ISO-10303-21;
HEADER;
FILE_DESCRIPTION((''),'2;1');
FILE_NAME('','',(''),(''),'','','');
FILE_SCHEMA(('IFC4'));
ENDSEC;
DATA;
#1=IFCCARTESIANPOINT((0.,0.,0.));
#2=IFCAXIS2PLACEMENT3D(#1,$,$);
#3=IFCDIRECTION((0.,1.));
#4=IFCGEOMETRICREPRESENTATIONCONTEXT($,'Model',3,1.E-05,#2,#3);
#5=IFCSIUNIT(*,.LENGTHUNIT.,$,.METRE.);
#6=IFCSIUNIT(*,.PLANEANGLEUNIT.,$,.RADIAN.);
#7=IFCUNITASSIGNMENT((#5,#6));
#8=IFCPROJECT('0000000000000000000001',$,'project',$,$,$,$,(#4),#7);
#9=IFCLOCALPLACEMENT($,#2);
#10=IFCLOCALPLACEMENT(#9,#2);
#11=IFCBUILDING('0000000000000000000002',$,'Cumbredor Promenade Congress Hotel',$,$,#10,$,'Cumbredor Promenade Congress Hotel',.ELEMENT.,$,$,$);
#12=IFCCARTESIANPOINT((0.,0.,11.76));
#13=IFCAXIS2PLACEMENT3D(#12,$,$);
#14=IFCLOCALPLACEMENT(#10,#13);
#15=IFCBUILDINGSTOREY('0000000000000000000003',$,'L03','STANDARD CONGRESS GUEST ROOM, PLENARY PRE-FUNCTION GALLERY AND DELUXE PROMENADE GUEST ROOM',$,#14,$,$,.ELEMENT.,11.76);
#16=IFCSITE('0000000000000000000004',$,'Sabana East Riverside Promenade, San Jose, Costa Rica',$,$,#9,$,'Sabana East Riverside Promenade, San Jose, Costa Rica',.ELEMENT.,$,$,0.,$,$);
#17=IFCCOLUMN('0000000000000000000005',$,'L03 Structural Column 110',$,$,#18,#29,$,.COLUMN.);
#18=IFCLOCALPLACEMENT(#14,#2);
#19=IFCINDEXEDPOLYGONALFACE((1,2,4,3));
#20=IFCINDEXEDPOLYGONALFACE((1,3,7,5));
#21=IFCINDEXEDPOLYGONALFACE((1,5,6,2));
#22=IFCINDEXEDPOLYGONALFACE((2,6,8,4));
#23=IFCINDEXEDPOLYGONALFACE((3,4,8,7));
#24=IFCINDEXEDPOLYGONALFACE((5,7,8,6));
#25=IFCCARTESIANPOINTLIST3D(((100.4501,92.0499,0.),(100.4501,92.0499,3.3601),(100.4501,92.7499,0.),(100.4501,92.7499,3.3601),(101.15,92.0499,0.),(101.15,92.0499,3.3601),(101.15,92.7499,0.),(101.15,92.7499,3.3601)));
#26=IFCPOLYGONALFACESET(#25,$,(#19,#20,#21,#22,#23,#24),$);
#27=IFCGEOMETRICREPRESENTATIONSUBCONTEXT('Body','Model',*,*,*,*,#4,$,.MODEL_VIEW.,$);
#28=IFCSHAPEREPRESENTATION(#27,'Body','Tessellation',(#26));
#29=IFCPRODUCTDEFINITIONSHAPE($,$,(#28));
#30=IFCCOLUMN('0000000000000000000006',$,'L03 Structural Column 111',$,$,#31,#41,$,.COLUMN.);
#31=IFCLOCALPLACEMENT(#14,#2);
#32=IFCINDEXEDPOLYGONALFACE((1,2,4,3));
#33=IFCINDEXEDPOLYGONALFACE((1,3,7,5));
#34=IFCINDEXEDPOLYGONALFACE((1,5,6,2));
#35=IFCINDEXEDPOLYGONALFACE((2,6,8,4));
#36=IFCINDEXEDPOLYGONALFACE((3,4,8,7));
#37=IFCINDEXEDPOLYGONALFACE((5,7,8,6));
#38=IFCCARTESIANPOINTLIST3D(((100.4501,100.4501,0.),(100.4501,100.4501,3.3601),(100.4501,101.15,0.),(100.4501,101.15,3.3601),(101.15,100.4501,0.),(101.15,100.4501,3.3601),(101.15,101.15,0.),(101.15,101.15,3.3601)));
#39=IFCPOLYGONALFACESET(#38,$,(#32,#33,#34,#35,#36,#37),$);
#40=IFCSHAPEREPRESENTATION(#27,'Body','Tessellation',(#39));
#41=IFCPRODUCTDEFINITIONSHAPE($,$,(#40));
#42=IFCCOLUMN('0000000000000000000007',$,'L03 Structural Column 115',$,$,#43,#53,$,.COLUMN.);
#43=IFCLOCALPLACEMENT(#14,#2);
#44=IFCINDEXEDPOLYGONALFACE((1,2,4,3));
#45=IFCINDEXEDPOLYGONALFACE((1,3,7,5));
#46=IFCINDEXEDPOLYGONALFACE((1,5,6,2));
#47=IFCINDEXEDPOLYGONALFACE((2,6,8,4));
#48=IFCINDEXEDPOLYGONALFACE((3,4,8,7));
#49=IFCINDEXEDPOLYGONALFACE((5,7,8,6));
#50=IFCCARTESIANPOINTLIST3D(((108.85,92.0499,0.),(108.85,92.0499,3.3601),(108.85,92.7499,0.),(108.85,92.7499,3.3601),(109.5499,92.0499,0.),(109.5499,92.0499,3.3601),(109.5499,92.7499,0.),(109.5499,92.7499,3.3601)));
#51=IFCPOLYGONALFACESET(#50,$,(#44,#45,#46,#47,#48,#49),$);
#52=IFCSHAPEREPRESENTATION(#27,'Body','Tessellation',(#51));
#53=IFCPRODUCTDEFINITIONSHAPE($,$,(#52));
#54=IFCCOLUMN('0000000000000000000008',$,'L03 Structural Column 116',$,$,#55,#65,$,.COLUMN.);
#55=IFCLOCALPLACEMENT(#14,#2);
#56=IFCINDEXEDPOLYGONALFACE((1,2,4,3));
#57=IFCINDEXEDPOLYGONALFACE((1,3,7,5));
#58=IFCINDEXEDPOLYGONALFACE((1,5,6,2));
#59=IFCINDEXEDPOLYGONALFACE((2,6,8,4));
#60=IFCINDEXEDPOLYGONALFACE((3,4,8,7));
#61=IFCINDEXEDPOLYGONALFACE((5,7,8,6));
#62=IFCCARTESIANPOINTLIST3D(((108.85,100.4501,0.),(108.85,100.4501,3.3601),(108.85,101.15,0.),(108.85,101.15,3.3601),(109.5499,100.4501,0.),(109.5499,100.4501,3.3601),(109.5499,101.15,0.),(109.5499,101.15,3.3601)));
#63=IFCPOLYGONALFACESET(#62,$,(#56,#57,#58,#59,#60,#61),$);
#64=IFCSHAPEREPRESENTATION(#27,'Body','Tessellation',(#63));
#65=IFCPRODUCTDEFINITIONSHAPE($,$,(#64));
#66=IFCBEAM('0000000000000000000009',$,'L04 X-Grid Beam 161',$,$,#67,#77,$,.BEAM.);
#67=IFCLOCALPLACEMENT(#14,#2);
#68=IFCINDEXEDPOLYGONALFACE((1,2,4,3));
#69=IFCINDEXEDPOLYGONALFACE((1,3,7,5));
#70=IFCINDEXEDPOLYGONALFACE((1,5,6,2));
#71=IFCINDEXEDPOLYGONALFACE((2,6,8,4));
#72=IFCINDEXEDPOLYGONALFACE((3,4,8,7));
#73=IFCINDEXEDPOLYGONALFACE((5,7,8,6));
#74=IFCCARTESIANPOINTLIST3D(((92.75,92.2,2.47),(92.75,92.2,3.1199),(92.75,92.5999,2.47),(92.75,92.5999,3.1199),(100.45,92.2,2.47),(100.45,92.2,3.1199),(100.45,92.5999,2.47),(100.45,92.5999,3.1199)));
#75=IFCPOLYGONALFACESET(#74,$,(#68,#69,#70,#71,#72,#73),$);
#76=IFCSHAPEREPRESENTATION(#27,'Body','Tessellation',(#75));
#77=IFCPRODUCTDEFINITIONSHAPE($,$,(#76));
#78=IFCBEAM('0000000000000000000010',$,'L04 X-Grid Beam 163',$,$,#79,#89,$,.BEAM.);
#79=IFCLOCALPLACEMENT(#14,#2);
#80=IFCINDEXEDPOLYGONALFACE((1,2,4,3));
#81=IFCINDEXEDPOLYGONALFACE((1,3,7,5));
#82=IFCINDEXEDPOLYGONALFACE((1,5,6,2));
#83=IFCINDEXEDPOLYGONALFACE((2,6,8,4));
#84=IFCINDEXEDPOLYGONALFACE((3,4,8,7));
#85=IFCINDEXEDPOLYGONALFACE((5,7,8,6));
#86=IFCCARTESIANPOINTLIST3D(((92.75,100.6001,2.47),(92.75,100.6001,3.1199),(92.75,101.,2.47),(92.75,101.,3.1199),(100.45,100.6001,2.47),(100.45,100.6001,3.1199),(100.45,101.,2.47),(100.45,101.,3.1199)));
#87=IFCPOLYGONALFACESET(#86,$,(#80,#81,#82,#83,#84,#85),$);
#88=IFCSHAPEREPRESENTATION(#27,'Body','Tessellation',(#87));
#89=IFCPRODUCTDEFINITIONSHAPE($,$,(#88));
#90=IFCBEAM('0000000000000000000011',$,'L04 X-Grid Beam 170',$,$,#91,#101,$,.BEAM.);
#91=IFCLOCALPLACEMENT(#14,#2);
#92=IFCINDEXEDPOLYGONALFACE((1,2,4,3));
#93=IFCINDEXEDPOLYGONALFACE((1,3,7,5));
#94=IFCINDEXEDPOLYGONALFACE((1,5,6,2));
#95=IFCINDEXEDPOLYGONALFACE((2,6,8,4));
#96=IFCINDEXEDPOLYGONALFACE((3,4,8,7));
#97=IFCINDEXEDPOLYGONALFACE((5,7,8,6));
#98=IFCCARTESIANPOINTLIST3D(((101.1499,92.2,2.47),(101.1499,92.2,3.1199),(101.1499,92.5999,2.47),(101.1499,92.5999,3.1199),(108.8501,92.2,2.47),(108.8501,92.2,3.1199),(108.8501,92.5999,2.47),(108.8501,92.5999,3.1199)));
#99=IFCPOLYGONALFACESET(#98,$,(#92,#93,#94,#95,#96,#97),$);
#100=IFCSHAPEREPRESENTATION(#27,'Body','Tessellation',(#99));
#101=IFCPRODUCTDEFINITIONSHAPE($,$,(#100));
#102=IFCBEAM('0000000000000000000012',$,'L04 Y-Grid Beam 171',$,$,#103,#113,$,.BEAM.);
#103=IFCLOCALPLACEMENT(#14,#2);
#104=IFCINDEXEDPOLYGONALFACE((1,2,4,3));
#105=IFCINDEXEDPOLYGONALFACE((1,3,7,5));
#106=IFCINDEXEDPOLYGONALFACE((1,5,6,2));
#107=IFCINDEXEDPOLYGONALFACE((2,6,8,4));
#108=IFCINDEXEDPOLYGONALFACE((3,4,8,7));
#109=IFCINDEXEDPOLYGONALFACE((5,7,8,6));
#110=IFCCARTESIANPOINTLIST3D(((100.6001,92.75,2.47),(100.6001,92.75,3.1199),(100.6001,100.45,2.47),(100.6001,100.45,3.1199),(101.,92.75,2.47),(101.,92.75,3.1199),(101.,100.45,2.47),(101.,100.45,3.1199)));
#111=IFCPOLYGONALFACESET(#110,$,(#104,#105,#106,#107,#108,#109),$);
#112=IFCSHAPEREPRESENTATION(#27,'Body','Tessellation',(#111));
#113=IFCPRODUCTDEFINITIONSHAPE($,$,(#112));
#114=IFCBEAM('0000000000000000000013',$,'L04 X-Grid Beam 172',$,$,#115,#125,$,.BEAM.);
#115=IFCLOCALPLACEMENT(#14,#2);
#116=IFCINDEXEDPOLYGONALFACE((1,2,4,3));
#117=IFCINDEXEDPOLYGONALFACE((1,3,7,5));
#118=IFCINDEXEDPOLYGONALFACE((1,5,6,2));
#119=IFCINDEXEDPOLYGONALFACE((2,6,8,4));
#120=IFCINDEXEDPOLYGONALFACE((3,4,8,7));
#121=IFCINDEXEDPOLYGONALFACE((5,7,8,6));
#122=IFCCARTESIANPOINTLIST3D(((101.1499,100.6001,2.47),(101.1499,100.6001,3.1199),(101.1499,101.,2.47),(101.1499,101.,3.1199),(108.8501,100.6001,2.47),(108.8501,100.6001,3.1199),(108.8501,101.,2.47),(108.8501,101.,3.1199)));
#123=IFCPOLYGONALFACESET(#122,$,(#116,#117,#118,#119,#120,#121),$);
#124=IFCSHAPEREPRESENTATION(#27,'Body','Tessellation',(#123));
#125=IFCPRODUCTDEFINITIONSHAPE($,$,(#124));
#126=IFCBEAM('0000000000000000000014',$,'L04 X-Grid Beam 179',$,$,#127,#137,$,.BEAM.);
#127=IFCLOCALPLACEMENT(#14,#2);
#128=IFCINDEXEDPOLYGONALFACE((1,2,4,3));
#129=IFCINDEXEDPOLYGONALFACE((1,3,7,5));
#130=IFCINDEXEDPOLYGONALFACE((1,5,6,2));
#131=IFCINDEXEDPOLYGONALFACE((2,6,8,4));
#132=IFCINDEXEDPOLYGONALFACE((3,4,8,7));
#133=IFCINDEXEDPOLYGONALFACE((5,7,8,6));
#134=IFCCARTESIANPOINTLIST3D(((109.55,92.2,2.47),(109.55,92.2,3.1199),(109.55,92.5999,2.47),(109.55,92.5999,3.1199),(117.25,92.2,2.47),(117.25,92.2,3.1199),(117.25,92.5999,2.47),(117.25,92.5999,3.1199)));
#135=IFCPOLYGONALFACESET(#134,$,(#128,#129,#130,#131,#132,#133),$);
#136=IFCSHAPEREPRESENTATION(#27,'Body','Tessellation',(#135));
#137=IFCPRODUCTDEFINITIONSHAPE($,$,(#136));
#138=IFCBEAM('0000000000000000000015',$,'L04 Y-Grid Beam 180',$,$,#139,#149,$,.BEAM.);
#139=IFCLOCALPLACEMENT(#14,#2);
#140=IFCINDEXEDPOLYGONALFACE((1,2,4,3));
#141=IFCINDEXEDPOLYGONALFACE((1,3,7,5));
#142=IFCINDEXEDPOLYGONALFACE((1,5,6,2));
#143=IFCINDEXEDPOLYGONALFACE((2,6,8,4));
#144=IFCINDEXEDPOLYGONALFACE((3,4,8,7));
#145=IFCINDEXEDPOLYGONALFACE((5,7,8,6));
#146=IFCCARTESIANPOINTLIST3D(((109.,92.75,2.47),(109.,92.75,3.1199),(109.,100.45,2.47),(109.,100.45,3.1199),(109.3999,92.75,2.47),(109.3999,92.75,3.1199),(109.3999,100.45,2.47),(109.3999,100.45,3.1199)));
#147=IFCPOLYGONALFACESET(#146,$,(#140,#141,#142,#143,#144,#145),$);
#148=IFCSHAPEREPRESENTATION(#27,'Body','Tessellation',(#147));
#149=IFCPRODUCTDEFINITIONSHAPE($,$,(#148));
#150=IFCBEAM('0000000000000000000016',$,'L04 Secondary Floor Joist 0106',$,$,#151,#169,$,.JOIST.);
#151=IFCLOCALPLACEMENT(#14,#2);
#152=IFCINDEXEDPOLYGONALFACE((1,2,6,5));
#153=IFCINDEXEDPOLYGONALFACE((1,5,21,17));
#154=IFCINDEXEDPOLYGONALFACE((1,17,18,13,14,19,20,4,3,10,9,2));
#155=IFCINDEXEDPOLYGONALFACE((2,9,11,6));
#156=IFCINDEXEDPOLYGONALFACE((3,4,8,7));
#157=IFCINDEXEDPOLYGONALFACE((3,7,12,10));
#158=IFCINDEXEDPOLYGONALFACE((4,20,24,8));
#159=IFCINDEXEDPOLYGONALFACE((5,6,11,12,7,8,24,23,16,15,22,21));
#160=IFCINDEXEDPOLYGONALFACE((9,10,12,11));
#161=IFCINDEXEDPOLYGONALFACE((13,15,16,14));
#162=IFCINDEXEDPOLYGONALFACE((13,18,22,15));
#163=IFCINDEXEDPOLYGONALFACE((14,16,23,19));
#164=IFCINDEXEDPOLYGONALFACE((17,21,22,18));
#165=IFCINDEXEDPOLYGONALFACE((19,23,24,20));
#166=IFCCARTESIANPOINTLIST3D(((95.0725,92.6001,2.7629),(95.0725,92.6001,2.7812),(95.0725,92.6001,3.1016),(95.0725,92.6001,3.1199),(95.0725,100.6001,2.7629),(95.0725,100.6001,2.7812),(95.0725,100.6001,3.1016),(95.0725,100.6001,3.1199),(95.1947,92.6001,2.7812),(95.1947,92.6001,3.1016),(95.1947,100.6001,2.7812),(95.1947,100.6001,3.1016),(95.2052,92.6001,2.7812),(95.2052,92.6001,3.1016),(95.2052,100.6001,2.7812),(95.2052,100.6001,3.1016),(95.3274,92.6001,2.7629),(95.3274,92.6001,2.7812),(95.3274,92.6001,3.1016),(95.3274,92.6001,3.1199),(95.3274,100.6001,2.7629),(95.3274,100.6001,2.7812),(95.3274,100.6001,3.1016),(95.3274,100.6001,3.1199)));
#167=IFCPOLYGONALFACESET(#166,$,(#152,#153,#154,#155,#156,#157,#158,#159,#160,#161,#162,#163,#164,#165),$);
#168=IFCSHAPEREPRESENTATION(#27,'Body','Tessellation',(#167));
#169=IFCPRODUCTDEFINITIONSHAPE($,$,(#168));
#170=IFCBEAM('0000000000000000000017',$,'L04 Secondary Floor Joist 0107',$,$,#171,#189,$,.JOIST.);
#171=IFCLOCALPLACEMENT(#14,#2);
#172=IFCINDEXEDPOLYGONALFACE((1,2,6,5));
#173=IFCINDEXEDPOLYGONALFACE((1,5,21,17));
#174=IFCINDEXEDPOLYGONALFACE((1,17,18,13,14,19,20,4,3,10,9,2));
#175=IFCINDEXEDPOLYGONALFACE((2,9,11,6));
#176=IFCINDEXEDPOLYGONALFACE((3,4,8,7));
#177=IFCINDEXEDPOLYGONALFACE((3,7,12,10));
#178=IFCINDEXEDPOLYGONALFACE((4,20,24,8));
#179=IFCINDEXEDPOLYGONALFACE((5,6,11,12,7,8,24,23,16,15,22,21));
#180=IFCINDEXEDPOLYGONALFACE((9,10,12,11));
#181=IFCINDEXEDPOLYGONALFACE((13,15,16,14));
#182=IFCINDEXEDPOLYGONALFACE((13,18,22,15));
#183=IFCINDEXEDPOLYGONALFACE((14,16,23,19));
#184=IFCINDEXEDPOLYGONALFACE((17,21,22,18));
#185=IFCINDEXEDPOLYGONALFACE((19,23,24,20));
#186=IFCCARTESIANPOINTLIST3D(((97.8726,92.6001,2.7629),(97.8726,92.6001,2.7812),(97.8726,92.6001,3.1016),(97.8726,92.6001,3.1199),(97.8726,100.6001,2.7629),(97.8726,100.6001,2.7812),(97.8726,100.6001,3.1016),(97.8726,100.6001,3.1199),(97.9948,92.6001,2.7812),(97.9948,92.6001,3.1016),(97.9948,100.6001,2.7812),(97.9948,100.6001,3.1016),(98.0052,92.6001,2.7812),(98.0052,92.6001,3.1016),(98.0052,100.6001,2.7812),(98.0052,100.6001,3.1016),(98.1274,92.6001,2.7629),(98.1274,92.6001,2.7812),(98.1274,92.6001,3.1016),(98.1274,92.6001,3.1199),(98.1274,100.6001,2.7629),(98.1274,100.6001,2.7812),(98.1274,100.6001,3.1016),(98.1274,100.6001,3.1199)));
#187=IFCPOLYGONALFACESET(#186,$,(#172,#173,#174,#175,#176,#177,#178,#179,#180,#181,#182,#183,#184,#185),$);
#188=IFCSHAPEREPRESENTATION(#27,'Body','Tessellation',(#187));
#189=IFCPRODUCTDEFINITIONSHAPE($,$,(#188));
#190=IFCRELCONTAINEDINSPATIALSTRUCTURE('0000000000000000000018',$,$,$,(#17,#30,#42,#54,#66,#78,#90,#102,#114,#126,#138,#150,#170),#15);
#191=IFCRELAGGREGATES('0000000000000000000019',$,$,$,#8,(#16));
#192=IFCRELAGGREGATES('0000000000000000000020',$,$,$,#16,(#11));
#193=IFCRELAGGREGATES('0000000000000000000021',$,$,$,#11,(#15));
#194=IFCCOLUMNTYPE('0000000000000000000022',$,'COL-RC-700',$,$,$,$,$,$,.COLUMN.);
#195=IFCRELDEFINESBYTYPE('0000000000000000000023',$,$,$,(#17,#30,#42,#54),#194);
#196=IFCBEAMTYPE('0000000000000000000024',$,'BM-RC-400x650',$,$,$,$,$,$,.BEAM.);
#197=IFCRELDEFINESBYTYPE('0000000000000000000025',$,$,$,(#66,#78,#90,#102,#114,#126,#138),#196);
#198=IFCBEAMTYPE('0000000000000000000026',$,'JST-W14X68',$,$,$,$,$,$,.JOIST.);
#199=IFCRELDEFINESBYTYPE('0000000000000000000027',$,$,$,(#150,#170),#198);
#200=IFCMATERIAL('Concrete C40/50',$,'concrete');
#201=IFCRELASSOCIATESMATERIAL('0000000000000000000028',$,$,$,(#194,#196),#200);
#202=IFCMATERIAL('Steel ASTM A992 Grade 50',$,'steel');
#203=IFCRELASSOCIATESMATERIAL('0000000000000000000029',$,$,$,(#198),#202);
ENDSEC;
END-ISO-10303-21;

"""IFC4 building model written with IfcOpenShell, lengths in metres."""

from ifc_helpers import new_model, si_unit, direction, frame, origin, origin_2d, place, context, subcontext, project, spatial, rectangle, i_section, extrude, material, material_profile, profile_set, type_object, element, save


model = new_model("IFC4")

# Units and contexts
model_context = context("Model", 3, precision=1e-05, world=origin(), true_north=direction((0.0, 1.0)))
body_context = subcontext(model_context, "Body", "Model", "MODEL_VIEW")
ifc_project = project(units=[si_unit("LENGTHUNIT", "METRE"), si_unit("PLANEANGLEUNIT", "RADIAN")], contexts=[model_context])

# Site, building, storey
site_placement = place(None, origin())
site = spatial("IfcSite", under=ifc_project, at=site_placement, Name="Sabana East Riverside Promenade, San Jose, Costa Rica", LongName="Sabana East Riverside Promenade, San Jose, Costa Rica", CompositionType="ELEMENT", RefElevation=0.0)
building_placement = place(site_placement, origin())
building = spatial("IfcBuilding", under=site, at=building_placement, Name="Cumbredor Promenade Congress Hotel", LongName="Cumbredor Promenade Congress Hotel", CompositionType="ELEMENT")
storey_placement = place(building_placement, frame((0.0, 0.0, 11.76)))
storey = spatial("IfcBuildingStorey", under=building, at=storey_placement, Name="L03", Description="STANDARD CONGRESS GUEST ROOM, PLENARY PRE-FUNCTION GALLERY AND DELUXE PROMENADE GUEST ROOM", CompositionType="ELEMENT", Elevation=11.76)

# Columns
ifc_material_1 = material(Name="Concrete C40/50", Category="concrete")
ifc_material_profile_1 = material_profile(ifc_material_1, rectangle(XDim=0.7, YDim=0.7, at=origin_2d()), Name="RC 700x700")
ifc_profile_set_1 = profile_set([ifc_material_profile_1], Name="Concrete C40/50")
column_type = type_object("IfcColumnType", Name="COL-RC-700", PredefinedType="COLUMN", material=ifc_profile_set_1)
for number, where, z_axis, x_axis, name in (
    (1, (100.8, 92.3999, 0.0), (0.0, 0.0, 1.0), (1.0, 0.0, 0.0), "L03 Structural Column 110"),
    (2, (100.8, 100.8, 0.0), (0.0, 0.0, 1.0), (1.0, 0.0, 0.0), "L03 Structural Column 111"),
    (3, (109.2, 92.3999, 0.0), (0.0, 0.0, 1.0), (1.0, 0.0, 0.0), "L03 Structural Column 115"),
    (4, (109.2, 100.8, 0.0), (0.0, 0.0, 1.0), (1.0, 0.0, 0.0), "L03 Structural Column 116"),
):
    element("IfcColumn", number, at=place(storey_placement, frame(where, z_axis=z_axis, x_axis=x_axis)), inside=storey, type_object=column_type, Name=name, PredefinedType="COLUMN", context=body_context, shape_type="SweptSolid", body=[
        extrude(rectangle(XDim=0.7, YDim=0.7, at=origin_2d()), origin(), (0.0, 0.0, 1.0), 3.3601),
    ])

# Beams
ifc_material_profile_2 = material_profile(ifc_material_1, rectangle(XDim=0.3999, YDim=0.6499, at=origin_2d()), Name="RC BEAM 400x650")
ifc_profile_set_2 = profile_set([ifc_material_profile_2], Name="Concrete C40/50")
beam_type_1 = type_object("IfcBeamType", Name="BM-RC-400x650", PredefinedType="BEAM", material=ifc_profile_set_2)
for number, where, z_axis, x_axis, name in (
    (5, (92.75, 92.3999, 2.7949), (1.0, 0.0, 0.0), (0.0, 1.0, 0.0), "L04 X-Grid Beam 161"),
    (6, (92.75, 100.8, 2.7949), (1.0, 0.0, 0.0), (0.0, 1.0, 0.0), "L04 X-Grid Beam 163"),
):
    element("IfcBeam", number, at=place(storey_placement, frame(where, z_axis=z_axis, x_axis=x_axis)), inside=storey, type_object=beam_type_1, Name=name, PredefinedType="BEAM", context=body_context, shape_type="SweptSolid", body=[
        extrude(rectangle(XDim=0.3999, YDim=0.6499, at=origin_2d()), origin(), (0.0, 0.0, 1.0), 7.7),
    ])
beam_1_placement = place(storey_placement, frame((101.1499, 92.3999, 2.7949), z_axis=(1.0, 0.0, 0.0), x_axis=(0.0, 1.0, 0.0)))
element("IfcBeam", 7, at=beam_1_placement, inside=storey, type_object=beam_type_1, Name="L04 X-Grid Beam 170", PredefinedType="BEAM", context=body_context, shape_type="SweptSolid", body=[
    extrude(rectangle(XDim=0.3999, YDim=0.6499, at=origin_2d()), origin(), (0.0, 0.0, 1.0), 7.7002),
])
beam_2_placement = place(storey_placement, frame((100.8, 92.75, 2.7949), z_axis=(0.0, 1.0, 0.0), x_axis=(-1.0, 0.0, 0.0)))
element("IfcBeam", 8, at=beam_2_placement, inside=storey, type_object=beam_type_1, Name="L04 Y-Grid Beam 171", PredefinedType="BEAM", context=body_context, shape_type="SweptSolid", body=[
    extrude(rectangle(XDim=0.3999, YDim=0.6499, at=origin_2d()), origin(), (0.0, 0.0, 1.0), 7.7),
])
beam_3_placement = place(storey_placement, frame((101.1499, 100.8, 2.7949), z_axis=(1.0, 0.0, 0.0), x_axis=(0.0, 1.0, 0.0)))
element("IfcBeam", 9, at=beam_3_placement, inside=storey, type_object=beam_type_1, Name="L04 X-Grid Beam 172", PredefinedType="BEAM", context=body_context, shape_type="SweptSolid", body=[
    extrude(rectangle(XDim=0.3999, YDim=0.6499, at=origin_2d()), origin(), (0.0, 0.0, 1.0), 7.7002),
])
for number, where, z_axis, x_axis, name in (
    (10, (109.55, 92.3999, 2.7949), (1.0, 0.0, 0.0), (0.0, 1.0, 0.0), "L04 X-Grid Beam 179"),
    (11, (109.2, 92.75, 2.7949), (0.0, 1.0, 0.0), (-1.0, 0.0, 0.0), "L04 Y-Grid Beam 180"),
):
    element("IfcBeam", number, at=place(storey_placement, frame(where, z_axis=z_axis, x_axis=x_axis)), inside=storey, type_object=beam_type_1, Name=name, PredefinedType="BEAM", context=body_context, shape_type="SweptSolid", body=[
        extrude(rectangle(XDim=0.3999, YDim=0.6499, at=origin_2d()), origin(), (0.0, 0.0, 1.0), 7.7),
    ])
ifc_material_2 = material(Name="Steel ASTM A992 Grade 50", Category="steel")
ifc_material_profile_3 = material_profile(ifc_material_2, i_section(OverallWidth=0.2549, OverallDepth=0.3569, WebThickness=0.0105, FlangeThickness=0.0183, at=origin_2d()), Name="W14X68")
ifc_profile_set_3 = profile_set([ifc_material_profile_3], Name="Steel ASTM A992 Grade 50")
beam_type_2 = type_object("IfcBeamType", Name="JST-W14X68", PredefinedType="JOIST", material=ifc_profile_set_3)
for number, where, z_axis, x_axis, name in (
    (12, (95.2, 92.6001, 2.9414), (0.0, 1.0, 0.0), (-1.0, 0.0, 0.0), "L04 Secondary Floor Joist 0106"),
    (13, (98.0, 92.6001, 2.9414), (0.0, 1.0, 0.0), (-1.0, 0.0, 0.0), "L04 Secondary Floor Joist 0107"),
):
    element("IfcBeam", number, at=place(storey_placement, frame(where, z_axis=z_axis, x_axis=x_axis)), inside=storey, type_object=beam_type_2, Name=name, PredefinedType="JOIST", context=body_context, shape_type="SweptSolid", body=[
        extrude(i_section(OverallWidth=0.2549, OverallDepth=0.3569, WebThickness=0.0105, FlangeThickness=0.0183, at=origin_2d()), origin(), (0.0, 0.0, 1.0), 8.0),
    ])

save(model, "model.ifc")
